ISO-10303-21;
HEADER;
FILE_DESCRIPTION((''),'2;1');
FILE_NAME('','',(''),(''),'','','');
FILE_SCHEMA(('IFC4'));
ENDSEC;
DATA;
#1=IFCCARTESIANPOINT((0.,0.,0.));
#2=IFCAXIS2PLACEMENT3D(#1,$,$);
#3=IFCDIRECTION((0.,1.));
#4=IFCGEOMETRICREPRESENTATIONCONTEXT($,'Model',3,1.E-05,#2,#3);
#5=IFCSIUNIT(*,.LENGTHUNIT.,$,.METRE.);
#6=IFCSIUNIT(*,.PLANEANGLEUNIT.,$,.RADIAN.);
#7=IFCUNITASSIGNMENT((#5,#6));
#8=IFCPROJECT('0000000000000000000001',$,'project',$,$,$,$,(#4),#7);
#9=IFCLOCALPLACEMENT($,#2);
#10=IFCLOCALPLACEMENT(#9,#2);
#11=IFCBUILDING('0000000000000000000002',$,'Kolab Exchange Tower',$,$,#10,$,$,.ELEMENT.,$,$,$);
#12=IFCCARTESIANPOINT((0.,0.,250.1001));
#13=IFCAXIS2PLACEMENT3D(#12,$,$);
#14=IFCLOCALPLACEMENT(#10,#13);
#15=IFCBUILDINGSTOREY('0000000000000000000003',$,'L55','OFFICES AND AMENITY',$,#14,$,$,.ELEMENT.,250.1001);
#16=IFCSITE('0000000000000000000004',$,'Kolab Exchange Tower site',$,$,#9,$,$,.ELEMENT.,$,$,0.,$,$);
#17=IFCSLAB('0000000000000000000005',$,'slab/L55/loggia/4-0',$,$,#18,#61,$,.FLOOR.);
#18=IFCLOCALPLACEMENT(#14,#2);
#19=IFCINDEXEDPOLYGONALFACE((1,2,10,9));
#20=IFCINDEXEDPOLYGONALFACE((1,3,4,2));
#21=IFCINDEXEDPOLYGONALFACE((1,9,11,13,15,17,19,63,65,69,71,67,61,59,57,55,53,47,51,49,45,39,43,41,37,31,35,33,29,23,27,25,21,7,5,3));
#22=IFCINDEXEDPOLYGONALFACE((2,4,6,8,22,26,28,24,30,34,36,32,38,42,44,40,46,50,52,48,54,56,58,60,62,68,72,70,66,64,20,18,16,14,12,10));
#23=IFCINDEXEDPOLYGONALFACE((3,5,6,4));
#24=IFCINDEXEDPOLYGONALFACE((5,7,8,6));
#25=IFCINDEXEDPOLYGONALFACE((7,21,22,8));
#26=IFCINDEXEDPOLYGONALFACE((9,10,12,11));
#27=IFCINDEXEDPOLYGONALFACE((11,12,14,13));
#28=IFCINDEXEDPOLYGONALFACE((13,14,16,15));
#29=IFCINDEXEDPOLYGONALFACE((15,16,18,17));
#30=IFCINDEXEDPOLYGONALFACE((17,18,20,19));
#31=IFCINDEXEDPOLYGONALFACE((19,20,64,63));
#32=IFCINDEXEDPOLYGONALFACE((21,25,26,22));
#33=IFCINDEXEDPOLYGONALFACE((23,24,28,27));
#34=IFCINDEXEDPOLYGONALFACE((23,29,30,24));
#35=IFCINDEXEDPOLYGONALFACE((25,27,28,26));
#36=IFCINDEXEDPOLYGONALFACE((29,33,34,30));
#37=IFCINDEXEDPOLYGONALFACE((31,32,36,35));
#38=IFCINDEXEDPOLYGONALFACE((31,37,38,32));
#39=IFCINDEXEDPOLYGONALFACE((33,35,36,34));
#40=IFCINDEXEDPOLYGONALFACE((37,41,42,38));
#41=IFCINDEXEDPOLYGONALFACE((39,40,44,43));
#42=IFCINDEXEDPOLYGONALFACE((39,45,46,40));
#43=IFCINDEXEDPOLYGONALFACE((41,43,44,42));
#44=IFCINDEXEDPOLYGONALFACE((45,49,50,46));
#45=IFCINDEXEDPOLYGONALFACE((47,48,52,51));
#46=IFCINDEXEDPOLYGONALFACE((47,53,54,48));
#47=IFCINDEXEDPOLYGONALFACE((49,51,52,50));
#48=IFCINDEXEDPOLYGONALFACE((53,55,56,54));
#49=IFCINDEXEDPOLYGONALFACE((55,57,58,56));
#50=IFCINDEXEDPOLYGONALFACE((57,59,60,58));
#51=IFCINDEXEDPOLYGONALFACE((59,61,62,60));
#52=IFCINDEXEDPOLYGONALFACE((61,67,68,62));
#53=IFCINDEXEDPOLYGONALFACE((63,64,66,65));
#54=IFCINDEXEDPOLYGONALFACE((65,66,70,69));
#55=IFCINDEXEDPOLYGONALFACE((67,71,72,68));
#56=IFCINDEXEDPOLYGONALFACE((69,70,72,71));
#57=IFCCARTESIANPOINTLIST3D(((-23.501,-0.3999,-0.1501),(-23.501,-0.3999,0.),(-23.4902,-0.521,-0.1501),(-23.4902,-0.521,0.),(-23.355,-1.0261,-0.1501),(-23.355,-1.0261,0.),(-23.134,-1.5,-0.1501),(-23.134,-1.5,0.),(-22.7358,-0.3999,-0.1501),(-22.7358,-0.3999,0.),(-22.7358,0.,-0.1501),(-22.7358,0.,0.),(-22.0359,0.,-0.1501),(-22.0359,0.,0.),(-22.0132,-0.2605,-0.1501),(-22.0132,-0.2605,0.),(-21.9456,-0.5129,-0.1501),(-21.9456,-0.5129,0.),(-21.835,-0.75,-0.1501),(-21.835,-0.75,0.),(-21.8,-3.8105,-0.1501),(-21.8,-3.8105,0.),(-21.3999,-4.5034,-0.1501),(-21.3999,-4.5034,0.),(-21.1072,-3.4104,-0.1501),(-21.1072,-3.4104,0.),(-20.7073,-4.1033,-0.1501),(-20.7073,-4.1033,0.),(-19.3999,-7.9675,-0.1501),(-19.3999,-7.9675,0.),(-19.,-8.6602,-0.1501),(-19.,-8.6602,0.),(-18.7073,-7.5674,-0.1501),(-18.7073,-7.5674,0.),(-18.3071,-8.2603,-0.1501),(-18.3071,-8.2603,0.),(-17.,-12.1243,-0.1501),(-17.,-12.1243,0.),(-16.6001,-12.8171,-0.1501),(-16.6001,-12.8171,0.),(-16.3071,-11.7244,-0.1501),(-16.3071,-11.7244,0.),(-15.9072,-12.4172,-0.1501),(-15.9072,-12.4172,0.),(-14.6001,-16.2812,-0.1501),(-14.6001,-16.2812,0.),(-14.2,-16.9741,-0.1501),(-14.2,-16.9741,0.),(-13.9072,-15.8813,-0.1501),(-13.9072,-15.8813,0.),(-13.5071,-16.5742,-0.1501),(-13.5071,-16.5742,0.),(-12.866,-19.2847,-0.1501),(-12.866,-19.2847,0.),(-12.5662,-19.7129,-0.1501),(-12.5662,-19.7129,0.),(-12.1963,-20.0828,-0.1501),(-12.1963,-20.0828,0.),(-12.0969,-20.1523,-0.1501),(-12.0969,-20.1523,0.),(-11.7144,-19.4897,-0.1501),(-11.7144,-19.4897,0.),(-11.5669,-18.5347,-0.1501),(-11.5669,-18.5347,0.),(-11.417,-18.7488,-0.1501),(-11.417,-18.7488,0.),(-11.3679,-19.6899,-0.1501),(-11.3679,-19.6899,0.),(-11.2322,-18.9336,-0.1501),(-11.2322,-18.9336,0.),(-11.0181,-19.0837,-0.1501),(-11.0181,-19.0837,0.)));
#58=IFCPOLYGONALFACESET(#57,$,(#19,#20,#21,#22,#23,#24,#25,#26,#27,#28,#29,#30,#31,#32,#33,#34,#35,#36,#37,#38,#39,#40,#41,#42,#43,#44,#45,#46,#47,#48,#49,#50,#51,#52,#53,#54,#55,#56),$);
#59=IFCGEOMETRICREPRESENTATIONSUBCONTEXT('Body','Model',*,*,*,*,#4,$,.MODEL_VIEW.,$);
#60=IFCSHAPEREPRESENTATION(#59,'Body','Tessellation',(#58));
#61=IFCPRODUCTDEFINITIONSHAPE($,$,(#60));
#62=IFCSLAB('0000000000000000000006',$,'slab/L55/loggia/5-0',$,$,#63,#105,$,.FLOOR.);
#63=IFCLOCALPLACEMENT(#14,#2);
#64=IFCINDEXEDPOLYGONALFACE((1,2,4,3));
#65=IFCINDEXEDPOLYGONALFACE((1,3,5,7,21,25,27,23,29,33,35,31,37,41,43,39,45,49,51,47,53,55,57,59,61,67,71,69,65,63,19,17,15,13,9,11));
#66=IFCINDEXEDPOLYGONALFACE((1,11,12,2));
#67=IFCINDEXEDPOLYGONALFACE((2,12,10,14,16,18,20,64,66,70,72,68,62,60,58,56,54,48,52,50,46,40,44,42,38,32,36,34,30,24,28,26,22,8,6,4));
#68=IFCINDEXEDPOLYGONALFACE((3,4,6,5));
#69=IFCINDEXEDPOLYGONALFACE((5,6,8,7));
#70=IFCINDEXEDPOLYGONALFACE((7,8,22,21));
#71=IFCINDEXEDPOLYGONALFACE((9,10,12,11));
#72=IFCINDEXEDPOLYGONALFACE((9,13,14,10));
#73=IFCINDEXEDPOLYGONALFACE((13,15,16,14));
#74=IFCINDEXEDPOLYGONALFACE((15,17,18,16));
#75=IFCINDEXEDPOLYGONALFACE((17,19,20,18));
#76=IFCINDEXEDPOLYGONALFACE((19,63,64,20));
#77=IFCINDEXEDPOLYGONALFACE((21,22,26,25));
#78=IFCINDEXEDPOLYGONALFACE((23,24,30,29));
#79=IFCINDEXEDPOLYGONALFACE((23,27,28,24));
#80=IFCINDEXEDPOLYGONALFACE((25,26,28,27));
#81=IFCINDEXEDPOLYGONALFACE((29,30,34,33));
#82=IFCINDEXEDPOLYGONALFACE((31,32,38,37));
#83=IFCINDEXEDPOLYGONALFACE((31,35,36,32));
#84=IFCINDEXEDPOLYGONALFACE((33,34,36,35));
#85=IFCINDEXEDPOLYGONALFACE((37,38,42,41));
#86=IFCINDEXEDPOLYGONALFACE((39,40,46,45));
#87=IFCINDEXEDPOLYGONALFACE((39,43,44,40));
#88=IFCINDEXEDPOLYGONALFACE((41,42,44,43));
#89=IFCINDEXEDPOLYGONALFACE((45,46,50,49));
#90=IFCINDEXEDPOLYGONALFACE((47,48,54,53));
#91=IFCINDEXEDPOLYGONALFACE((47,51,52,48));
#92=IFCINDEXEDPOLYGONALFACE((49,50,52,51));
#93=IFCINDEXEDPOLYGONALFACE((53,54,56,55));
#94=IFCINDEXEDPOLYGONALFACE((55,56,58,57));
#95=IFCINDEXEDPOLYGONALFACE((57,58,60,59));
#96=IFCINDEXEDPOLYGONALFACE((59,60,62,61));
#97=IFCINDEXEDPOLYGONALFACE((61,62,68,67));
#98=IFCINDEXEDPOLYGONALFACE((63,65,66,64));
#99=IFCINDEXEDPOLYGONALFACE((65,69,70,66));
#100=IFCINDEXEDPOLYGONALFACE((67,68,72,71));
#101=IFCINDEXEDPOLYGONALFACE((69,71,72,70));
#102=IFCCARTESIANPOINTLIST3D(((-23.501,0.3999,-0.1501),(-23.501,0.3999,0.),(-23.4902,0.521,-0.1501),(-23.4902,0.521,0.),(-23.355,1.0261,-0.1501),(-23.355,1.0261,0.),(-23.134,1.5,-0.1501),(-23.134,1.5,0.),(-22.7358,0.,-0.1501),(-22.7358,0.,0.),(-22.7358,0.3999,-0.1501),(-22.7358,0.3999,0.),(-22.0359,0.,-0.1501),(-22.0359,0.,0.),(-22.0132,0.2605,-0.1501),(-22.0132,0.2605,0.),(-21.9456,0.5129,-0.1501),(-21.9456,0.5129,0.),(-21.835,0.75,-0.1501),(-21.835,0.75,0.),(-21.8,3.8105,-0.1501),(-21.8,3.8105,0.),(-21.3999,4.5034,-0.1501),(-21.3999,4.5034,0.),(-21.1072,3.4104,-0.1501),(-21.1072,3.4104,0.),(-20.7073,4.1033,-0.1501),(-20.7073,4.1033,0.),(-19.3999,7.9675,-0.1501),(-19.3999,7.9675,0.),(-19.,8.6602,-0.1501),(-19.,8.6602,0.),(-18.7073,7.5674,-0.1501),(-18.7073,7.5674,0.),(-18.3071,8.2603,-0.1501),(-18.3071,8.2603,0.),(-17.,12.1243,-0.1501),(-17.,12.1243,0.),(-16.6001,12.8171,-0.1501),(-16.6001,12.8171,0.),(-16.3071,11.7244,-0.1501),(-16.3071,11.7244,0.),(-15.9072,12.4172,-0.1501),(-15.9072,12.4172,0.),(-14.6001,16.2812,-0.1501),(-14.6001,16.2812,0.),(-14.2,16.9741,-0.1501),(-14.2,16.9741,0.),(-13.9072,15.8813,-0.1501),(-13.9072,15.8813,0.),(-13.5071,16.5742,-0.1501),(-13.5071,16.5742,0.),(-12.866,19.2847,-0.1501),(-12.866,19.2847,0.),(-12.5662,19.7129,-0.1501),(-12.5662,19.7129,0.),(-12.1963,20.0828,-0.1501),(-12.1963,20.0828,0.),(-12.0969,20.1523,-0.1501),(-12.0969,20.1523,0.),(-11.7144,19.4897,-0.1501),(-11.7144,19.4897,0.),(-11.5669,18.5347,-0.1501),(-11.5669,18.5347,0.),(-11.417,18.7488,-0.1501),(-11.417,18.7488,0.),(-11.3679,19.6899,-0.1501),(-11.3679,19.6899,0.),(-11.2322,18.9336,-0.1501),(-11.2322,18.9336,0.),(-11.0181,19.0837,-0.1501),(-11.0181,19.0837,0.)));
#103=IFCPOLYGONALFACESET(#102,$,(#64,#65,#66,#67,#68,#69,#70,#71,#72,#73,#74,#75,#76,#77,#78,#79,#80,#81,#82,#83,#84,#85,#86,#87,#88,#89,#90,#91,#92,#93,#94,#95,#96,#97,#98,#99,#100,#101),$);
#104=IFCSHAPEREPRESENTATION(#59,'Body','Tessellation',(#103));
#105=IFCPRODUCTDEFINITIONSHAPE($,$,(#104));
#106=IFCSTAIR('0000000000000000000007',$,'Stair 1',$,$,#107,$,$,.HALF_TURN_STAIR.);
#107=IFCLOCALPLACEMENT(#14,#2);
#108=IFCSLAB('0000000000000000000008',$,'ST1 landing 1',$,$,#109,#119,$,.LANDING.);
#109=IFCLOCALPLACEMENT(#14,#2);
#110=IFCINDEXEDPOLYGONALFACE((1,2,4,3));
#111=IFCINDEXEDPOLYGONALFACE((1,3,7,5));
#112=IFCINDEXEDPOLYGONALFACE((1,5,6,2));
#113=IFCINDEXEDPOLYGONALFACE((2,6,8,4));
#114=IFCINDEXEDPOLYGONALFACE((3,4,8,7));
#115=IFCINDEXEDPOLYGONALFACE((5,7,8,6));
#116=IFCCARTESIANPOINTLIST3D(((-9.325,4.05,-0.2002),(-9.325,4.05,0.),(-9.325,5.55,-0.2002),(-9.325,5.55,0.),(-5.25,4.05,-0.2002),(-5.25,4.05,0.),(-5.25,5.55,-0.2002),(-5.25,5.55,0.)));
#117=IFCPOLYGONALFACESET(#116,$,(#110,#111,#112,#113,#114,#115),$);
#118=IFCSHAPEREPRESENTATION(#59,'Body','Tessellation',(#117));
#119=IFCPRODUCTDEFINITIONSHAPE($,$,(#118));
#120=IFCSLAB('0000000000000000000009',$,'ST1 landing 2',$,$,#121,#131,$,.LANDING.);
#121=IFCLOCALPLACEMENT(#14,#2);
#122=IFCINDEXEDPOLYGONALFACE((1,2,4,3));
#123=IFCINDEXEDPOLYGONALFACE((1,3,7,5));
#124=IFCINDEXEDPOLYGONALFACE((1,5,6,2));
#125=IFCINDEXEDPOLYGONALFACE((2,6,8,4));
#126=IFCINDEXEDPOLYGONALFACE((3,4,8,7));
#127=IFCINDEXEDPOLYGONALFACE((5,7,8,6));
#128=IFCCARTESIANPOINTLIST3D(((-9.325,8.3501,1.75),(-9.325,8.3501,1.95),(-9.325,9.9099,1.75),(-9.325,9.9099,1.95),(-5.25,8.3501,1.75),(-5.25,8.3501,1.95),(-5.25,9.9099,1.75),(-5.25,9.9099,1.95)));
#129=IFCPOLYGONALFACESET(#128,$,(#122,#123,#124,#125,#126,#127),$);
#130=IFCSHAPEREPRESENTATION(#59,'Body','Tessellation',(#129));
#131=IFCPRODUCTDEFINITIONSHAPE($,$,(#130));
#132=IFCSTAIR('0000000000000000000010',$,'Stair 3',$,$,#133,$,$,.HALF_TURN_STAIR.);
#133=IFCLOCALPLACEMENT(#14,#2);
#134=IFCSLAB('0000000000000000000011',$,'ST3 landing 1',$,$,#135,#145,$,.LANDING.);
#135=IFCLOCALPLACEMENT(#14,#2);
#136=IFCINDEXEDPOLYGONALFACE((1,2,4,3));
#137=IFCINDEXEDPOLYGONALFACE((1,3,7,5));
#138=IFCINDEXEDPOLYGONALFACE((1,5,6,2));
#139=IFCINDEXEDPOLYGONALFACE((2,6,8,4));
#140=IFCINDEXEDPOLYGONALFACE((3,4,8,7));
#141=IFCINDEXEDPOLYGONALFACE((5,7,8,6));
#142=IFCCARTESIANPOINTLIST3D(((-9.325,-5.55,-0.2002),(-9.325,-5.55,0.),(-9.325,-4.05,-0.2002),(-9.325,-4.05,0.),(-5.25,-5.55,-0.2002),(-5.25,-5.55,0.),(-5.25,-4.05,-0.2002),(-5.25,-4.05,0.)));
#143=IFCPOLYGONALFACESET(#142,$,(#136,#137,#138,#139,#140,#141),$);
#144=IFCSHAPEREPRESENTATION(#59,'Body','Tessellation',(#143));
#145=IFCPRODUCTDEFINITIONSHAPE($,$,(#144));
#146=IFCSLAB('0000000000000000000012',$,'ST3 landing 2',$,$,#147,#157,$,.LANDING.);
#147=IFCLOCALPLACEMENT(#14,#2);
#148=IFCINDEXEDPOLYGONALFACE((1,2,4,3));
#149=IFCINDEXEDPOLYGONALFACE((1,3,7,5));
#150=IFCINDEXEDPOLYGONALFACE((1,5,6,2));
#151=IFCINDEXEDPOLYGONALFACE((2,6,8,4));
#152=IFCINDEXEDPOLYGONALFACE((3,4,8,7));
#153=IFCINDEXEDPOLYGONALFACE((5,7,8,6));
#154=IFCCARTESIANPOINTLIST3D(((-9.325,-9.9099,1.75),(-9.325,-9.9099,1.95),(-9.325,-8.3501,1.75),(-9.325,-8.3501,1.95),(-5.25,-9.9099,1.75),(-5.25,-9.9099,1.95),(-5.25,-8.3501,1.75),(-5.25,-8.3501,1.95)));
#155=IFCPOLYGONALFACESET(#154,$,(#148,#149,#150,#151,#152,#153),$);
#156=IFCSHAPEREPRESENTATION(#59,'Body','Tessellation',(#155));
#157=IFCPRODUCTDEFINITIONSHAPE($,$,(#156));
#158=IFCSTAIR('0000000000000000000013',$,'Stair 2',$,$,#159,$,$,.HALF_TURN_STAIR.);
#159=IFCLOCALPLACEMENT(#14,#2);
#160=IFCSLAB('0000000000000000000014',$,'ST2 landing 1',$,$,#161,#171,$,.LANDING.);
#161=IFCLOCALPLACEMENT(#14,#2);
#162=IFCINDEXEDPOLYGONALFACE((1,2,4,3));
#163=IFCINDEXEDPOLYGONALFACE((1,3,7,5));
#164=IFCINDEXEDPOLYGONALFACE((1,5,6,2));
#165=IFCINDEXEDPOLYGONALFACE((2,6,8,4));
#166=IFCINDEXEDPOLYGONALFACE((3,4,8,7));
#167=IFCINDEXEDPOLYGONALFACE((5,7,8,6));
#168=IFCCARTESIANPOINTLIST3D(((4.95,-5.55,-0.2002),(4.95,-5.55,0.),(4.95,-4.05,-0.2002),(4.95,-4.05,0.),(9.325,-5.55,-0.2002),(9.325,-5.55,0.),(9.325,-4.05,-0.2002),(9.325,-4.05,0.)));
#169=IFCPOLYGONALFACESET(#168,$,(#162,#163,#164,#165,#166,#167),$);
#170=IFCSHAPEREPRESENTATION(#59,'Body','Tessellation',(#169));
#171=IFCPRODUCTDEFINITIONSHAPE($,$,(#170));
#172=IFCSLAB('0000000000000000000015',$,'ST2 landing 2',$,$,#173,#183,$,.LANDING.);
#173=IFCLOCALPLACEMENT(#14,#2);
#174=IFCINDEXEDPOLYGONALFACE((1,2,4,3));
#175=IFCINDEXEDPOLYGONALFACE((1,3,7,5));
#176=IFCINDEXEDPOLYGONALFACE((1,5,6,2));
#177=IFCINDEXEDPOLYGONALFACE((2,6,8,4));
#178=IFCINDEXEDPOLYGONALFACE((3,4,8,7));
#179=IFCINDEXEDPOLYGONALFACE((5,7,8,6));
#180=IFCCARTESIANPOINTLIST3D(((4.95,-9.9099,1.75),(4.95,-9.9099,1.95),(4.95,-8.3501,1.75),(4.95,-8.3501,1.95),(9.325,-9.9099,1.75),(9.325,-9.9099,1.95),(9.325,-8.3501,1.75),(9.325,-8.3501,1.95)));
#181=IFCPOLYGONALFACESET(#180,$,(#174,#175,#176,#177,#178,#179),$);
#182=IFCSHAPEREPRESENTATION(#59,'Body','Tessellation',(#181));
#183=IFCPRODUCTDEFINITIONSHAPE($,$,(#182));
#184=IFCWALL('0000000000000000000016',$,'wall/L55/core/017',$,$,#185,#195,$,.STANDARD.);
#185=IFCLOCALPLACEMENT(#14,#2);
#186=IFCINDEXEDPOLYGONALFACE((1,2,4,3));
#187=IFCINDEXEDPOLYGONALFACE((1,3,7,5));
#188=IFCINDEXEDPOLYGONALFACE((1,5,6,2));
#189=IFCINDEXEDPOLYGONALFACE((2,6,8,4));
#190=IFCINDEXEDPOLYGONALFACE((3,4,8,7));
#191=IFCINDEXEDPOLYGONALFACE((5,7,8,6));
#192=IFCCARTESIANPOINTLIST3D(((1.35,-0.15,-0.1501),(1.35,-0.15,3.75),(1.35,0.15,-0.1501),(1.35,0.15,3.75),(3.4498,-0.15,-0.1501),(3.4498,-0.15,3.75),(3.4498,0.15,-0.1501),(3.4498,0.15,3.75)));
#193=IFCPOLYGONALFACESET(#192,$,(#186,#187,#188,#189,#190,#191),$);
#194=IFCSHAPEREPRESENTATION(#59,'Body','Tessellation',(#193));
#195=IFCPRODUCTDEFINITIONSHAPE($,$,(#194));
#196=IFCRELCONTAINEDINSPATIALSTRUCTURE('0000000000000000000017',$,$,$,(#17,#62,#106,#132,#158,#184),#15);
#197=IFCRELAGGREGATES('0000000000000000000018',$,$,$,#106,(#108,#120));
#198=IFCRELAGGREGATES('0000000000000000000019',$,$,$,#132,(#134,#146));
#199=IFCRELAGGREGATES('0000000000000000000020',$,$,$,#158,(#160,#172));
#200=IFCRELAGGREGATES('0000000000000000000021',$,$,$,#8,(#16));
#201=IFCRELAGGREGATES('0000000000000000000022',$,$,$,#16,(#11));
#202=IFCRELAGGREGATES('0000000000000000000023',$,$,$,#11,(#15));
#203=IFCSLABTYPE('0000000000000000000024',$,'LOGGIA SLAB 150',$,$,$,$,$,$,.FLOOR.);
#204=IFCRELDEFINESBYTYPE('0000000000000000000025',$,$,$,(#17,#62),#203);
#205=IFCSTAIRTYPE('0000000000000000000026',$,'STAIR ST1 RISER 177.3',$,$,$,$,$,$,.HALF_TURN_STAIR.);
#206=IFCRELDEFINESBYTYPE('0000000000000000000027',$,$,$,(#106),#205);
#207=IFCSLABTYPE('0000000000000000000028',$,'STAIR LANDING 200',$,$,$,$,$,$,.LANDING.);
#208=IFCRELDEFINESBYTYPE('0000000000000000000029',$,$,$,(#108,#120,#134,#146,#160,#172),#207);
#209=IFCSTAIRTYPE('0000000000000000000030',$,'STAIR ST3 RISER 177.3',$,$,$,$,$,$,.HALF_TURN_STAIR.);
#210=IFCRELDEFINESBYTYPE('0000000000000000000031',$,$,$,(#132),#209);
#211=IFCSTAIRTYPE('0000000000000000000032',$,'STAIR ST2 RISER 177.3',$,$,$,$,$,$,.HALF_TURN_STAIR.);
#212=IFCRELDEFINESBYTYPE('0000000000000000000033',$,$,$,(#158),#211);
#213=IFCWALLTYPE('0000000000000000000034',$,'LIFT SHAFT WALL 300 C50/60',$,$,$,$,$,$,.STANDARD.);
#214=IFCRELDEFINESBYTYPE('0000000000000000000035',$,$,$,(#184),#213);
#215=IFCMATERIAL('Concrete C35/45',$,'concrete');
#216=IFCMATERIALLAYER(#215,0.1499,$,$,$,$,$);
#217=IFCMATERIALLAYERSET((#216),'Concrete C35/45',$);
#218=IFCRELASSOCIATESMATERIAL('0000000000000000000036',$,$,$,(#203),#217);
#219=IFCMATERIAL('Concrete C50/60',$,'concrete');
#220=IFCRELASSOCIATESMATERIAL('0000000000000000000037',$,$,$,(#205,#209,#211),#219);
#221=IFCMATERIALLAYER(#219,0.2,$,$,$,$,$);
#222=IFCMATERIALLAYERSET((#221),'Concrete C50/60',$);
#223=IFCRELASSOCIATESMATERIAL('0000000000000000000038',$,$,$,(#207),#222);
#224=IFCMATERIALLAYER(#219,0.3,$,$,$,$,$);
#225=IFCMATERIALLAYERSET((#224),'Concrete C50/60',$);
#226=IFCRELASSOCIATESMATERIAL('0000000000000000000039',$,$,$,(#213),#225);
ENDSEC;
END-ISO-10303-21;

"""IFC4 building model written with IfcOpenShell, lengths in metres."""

from ifc_helpers import new_model, si_unit, direction, frame, frame_2d, origin, place, context, subcontext, project, spatial, polyline, rectangle, outline, extrude, material, layer, layer_set, type_object, element, aggregate, save


model = new_model("IFC4")

# Units and contexts
model_context = context("Model", 3, precision=1e-05, world=origin(), true_north=direction((0.0, 1.0)))
body_context = subcontext(model_context, "Body", "Model", "MODEL_VIEW")
ifc_project = project(units=[si_unit("LENGTHUNIT", "METRE"), si_unit("PLANEANGLEUNIT", "RADIAN")], contexts=[model_context])

# Site, building, storey
site_placement = place(None, origin())
site = spatial("IfcSite", under=ifc_project, at=site_placement, Name="Kolab Exchange Tower site", CompositionType="ELEMENT", RefElevation=0.0)
building_placement = place(site_placement, origin())
building = spatial("IfcBuilding", under=site, at=building_placement, Name="Kolab Exchange Tower", CompositionType="ELEMENT")
storey_placement = place(building_placement, frame((0.0, 0.0, 250.1001)))
storey = spatial("IfcBuildingStorey", under=building, at=storey_placement, Name="L55", Description="OFFICES AND AMENITY", CompositionType="ELEMENT", Elevation=250.1001)

# Slabs
ifc_material_1 = material(Name="Concrete C35/45", Category="concrete")
ifc_layer_1 = layer(ifc_material_1, 0.1499)
ifc_layer_set_1 = layer_set([ifc_layer_1], Name="Concrete C35/45")
slab_type_1 = type_object("IfcSlabType", Name="LOGGIA SLAB 150", PredefinedType="FLOOR", material=ifc_layer_set_1)
slab_1_placement = place(storey_placement, frame((0.0, 0.0, -0.1501)))
element("IfcSlab", 1, at=slab_1_placement, inside=storey, type_object=slab_type_1, Name="slab/L55/loggia/4-0", PredefinedType="FLOOR", context=body_context, shape_type="SweptSolid", body=[
    extrude(outline(polyline([(-22.0359, 0.0), (-22.7358, 0.0), (-22.7358, -0.3999), (-23.501, -0.3999), (-23.4902, -0.521), (-23.355, -1.0261), (-23.134, -1.5), (-21.8, -3.8105), (-21.1072, -3.4104), (-20.7073, -4.1033), (-21.3999, -4.5034), (-19.3999, -7.9675), (-18.7073, -7.5674), (-18.3071, -8.2603), (-19.0, -8.6602), (-17.0, -12.1243), (-16.3071, -11.7244), (-15.9072, -12.4172), (-16.6001, -12.8171), (-14.6001, -16.2812), (-13.9072, -15.8813), (-13.5071, -16.5742), (-14.2, -16.9741), (-12.866, -19.2847), (-12.5662, -19.7129), (-12.1963, -20.0828), (-12.0969, -20.1523), (-11.7144, -19.4897), (-11.3679, -19.6899), (-11.0181, -19.0837), (-11.2322, -18.9336), (-11.417, -18.7488), (-11.5669, -18.5347), (-21.835, -0.75), (-21.9456, -0.5129), (-22.0132, -0.2605), (-22.0359, 0.0)])), origin(), (0.0, 0.0, 1.0), 0.1501),
])
slab_2_placement = place(storey_placement, frame((0.0, 0.0, -0.1501)))
element("IfcSlab", 2, at=slab_2_placement, inside=storey, type_object=slab_type_1, Name="slab/L55/loggia/5-0", PredefinedType="FLOOR", context=body_context, shape_type="SweptSolid", body=[
    extrude(outline(polyline([(-11.0181, 19.0837), (-11.3679, 19.6899), (-11.7144, 19.4897), (-12.0969, 20.1523), (-12.1963, 20.0828), (-12.5662, 19.7129), (-12.866, 19.2847), (-14.2, 16.9741), (-13.5071, 16.5742), (-13.9072, 15.8813), (-14.6001, 16.2812), (-16.6001, 12.8171), (-15.9072, 12.4172), (-16.3071, 11.7244), (-17.0, 12.1243), (-19.0, 8.6602), (-18.3071, 8.2603), (-18.7073, 7.5674), (-19.3999, 7.9675), (-21.3999, 4.5034), (-20.7073, 4.1033), (-21.1072, 3.4104), (-21.8, 3.8105), (-23.134, 1.5), (-23.355, 1.0261), (-23.4902, 0.521), (-23.501, 0.3999), (-22.7358, 0.3999), (-22.7358, 0.0), (-22.0359, 0.0), (-22.0132, 0.2605), (-21.9456, 0.5129), (-21.835, 0.75), (-11.5669, 18.5347), (-11.417, 18.7488), (-11.2322, 18.9336), (-11.0181, 19.0837)])), origin(), (0.0, 0.0, 1.0), 0.1501),
])

# Stairs, slabs
ifc_material_2 = material(Name="Concrete C50/60", Category="concrete")
stair_type_1 = type_object("IfcStairType", Name="STAIR ST1 RISER 177.3", PredefinedType="HALF_TURN_STAIR", material=ifc_material_2)
stair_1_placement = place(storey_placement, origin())
stair_1 = element("IfcStair", 3, at=stair_1_placement, inside=storey, type_object=stair_type_1, Name="Stair 1", PredefinedType="HALF_TURN_STAIR")
ifc_layer_2 = layer(ifc_material_2, 0.2)
ifc_layer_set_2 = layer_set([ifc_layer_2], Name="Concrete C50/60")
slab_type_2 = type_object("IfcSlabType", Name="STAIR LANDING 200", PredefinedType="LANDING", material=ifc_layer_set_2)
slab_3_placement = place(storey_placement, frame((0.0, 0.0, -0.2002)))
slab_3 = element("IfcSlab", 4, at=slab_3_placement, type_object=slab_type_2, Name="ST1 landing 1", PredefinedType="LANDING", context=body_context, shape_type="SweptSolid", body=[
    extrude(outline(polyline([(-9.325, 4.05), (-5.25, 4.05), (-5.25, 5.55), (-9.325, 5.55), (-9.325, 4.05)])), origin(), (0.0, 0.0, 1.0), 0.2002),
])
slab_4_placement = place(storey_placement, frame((0.0, 0.0, 1.75)))
slab_4 = element("IfcSlab", 5, at=slab_4_placement, type_object=slab_type_2, Name="ST1 landing 2", PredefinedType="LANDING", context=body_context, shape_type="SweptSolid", body=[
    extrude(outline(polyline([(-9.325, 8.3501), (-5.25, 8.3501), (-5.25, 9.9099), (-9.325, 9.9099), (-9.325, 8.3501)])), origin(), (0.0, 0.0, 1.0), 0.2),
])
aggregate(stair_1, [slab_3, slab_4])
stair_type_2 = type_object("IfcStairType", Name="STAIR ST3 RISER 177.3", PredefinedType="HALF_TURN_STAIR", material=ifc_material_2)
stair_2_placement = place(storey_placement, origin())
stair_2 = element("IfcStair", 6, at=stair_2_placement, inside=storey, type_object=stair_type_2, Name="Stair 3", PredefinedType="HALF_TURN_STAIR")
slab_5_placement = place(storey_placement, frame((0.0, 0.0, -0.2002)))
slab_5 = element("IfcSlab", 7, at=slab_5_placement, type_object=slab_type_2, Name="ST3 landing 1", PredefinedType="LANDING", context=body_context, shape_type="SweptSolid", body=[
    extrude(outline(polyline([(-9.325, -5.55), (-5.25, -5.55), (-5.25, -4.05), (-9.325, -4.05), (-9.325, -5.55)])), origin(), (0.0, 0.0, 1.0), 0.2002),
])
slab_6_placement = place(storey_placement, frame((0.0, 0.0, 1.75)))
slab_6 = element("IfcSlab", 8, at=slab_6_placement, type_object=slab_type_2, Name="ST3 landing 2", PredefinedType="LANDING", context=body_context, shape_type="SweptSolid", body=[
    extrude(outline(polyline([(-9.325, -9.9099), (-5.25, -9.9099), (-5.25, -8.3501), (-9.325, -8.3501), (-9.325, -9.9099)])), origin(), (0.0, 0.0, 1.0), 0.2),
])
aggregate(stair_2, [slab_5, slab_6])
stair_type_3 = type_object("IfcStairType", Name="STAIR ST2 RISER 177.3", PredefinedType="HALF_TURN_STAIR", material=ifc_material_2)
stair_3_placement = place(storey_placement, origin())
stair_3 = element("IfcStair", 9, at=stair_3_placement, inside=storey, type_object=stair_type_3, Name="Stair 2", PredefinedType="HALF_TURN_STAIR")
slab_7_placement = place(storey_placement, frame((0.0, 0.0, -0.2002)))
slab_7 = element("IfcSlab", 10, at=slab_7_placement, type_object=slab_type_2, Name="ST2 landing 1", PredefinedType="LANDING", context=body_context, shape_type="SweptSolid", body=[
    extrude(outline(polyline([(4.95, -5.55), (9.325, -5.55), (9.325, -4.05), (4.95, -4.05), (4.95, -5.55)])), origin(), (0.0, 0.0, 1.0), 0.2002),
])
slab_8_placement = place(storey_placement, frame((0.0, 0.0, 1.75)))
slab_8 = element("IfcSlab", 11, at=slab_8_placement, type_object=slab_type_2, Name="ST2 landing 2", PredefinedType="LANDING", context=body_context, shape_type="SweptSolid", body=[
    extrude(outline(polyline([(4.95, -9.9099), (9.325, -9.9099), (9.325, -8.3501), (4.95, -8.3501), (4.95, -9.9099)])), origin(), (0.0, 0.0, 1.0), 0.2),
])
aggregate(stair_3, [slab_7, slab_8])

# Wall
ifc_layer_3 = layer(ifc_material_2, 0.3)
ifc_layer_set_3 = layer_set([ifc_layer_3], Name="Concrete C50/60")
wall_type_1 = type_object("IfcWallType", Name="LIFT SHAFT WALL 300 C50/60", PredefinedType="STANDARD", material=ifc_layer_set_3)
wall_1_placement = place(storey_placement, frame((1.3501, 0.0, -0.1501), z_axis=(0.0, 0.0, 1.0), x_axis=(1.0, 0.0, 0.0)))
element("IfcWall", 12, at=wall_1_placement, inside=storey, type_object=wall_type_1, Name="wall/L55/core/017", PredefinedType="STANDARD", context=body_context, shape_type="SweptSolid", body=[
    extrude(rectangle(XDim=2.0999, YDim=0.3, at=frame_2d((1.0498, 0.0))), origin(), (0.0, 0.0, 1.0), 3.9001),
])

save(model, "model.ifc")
